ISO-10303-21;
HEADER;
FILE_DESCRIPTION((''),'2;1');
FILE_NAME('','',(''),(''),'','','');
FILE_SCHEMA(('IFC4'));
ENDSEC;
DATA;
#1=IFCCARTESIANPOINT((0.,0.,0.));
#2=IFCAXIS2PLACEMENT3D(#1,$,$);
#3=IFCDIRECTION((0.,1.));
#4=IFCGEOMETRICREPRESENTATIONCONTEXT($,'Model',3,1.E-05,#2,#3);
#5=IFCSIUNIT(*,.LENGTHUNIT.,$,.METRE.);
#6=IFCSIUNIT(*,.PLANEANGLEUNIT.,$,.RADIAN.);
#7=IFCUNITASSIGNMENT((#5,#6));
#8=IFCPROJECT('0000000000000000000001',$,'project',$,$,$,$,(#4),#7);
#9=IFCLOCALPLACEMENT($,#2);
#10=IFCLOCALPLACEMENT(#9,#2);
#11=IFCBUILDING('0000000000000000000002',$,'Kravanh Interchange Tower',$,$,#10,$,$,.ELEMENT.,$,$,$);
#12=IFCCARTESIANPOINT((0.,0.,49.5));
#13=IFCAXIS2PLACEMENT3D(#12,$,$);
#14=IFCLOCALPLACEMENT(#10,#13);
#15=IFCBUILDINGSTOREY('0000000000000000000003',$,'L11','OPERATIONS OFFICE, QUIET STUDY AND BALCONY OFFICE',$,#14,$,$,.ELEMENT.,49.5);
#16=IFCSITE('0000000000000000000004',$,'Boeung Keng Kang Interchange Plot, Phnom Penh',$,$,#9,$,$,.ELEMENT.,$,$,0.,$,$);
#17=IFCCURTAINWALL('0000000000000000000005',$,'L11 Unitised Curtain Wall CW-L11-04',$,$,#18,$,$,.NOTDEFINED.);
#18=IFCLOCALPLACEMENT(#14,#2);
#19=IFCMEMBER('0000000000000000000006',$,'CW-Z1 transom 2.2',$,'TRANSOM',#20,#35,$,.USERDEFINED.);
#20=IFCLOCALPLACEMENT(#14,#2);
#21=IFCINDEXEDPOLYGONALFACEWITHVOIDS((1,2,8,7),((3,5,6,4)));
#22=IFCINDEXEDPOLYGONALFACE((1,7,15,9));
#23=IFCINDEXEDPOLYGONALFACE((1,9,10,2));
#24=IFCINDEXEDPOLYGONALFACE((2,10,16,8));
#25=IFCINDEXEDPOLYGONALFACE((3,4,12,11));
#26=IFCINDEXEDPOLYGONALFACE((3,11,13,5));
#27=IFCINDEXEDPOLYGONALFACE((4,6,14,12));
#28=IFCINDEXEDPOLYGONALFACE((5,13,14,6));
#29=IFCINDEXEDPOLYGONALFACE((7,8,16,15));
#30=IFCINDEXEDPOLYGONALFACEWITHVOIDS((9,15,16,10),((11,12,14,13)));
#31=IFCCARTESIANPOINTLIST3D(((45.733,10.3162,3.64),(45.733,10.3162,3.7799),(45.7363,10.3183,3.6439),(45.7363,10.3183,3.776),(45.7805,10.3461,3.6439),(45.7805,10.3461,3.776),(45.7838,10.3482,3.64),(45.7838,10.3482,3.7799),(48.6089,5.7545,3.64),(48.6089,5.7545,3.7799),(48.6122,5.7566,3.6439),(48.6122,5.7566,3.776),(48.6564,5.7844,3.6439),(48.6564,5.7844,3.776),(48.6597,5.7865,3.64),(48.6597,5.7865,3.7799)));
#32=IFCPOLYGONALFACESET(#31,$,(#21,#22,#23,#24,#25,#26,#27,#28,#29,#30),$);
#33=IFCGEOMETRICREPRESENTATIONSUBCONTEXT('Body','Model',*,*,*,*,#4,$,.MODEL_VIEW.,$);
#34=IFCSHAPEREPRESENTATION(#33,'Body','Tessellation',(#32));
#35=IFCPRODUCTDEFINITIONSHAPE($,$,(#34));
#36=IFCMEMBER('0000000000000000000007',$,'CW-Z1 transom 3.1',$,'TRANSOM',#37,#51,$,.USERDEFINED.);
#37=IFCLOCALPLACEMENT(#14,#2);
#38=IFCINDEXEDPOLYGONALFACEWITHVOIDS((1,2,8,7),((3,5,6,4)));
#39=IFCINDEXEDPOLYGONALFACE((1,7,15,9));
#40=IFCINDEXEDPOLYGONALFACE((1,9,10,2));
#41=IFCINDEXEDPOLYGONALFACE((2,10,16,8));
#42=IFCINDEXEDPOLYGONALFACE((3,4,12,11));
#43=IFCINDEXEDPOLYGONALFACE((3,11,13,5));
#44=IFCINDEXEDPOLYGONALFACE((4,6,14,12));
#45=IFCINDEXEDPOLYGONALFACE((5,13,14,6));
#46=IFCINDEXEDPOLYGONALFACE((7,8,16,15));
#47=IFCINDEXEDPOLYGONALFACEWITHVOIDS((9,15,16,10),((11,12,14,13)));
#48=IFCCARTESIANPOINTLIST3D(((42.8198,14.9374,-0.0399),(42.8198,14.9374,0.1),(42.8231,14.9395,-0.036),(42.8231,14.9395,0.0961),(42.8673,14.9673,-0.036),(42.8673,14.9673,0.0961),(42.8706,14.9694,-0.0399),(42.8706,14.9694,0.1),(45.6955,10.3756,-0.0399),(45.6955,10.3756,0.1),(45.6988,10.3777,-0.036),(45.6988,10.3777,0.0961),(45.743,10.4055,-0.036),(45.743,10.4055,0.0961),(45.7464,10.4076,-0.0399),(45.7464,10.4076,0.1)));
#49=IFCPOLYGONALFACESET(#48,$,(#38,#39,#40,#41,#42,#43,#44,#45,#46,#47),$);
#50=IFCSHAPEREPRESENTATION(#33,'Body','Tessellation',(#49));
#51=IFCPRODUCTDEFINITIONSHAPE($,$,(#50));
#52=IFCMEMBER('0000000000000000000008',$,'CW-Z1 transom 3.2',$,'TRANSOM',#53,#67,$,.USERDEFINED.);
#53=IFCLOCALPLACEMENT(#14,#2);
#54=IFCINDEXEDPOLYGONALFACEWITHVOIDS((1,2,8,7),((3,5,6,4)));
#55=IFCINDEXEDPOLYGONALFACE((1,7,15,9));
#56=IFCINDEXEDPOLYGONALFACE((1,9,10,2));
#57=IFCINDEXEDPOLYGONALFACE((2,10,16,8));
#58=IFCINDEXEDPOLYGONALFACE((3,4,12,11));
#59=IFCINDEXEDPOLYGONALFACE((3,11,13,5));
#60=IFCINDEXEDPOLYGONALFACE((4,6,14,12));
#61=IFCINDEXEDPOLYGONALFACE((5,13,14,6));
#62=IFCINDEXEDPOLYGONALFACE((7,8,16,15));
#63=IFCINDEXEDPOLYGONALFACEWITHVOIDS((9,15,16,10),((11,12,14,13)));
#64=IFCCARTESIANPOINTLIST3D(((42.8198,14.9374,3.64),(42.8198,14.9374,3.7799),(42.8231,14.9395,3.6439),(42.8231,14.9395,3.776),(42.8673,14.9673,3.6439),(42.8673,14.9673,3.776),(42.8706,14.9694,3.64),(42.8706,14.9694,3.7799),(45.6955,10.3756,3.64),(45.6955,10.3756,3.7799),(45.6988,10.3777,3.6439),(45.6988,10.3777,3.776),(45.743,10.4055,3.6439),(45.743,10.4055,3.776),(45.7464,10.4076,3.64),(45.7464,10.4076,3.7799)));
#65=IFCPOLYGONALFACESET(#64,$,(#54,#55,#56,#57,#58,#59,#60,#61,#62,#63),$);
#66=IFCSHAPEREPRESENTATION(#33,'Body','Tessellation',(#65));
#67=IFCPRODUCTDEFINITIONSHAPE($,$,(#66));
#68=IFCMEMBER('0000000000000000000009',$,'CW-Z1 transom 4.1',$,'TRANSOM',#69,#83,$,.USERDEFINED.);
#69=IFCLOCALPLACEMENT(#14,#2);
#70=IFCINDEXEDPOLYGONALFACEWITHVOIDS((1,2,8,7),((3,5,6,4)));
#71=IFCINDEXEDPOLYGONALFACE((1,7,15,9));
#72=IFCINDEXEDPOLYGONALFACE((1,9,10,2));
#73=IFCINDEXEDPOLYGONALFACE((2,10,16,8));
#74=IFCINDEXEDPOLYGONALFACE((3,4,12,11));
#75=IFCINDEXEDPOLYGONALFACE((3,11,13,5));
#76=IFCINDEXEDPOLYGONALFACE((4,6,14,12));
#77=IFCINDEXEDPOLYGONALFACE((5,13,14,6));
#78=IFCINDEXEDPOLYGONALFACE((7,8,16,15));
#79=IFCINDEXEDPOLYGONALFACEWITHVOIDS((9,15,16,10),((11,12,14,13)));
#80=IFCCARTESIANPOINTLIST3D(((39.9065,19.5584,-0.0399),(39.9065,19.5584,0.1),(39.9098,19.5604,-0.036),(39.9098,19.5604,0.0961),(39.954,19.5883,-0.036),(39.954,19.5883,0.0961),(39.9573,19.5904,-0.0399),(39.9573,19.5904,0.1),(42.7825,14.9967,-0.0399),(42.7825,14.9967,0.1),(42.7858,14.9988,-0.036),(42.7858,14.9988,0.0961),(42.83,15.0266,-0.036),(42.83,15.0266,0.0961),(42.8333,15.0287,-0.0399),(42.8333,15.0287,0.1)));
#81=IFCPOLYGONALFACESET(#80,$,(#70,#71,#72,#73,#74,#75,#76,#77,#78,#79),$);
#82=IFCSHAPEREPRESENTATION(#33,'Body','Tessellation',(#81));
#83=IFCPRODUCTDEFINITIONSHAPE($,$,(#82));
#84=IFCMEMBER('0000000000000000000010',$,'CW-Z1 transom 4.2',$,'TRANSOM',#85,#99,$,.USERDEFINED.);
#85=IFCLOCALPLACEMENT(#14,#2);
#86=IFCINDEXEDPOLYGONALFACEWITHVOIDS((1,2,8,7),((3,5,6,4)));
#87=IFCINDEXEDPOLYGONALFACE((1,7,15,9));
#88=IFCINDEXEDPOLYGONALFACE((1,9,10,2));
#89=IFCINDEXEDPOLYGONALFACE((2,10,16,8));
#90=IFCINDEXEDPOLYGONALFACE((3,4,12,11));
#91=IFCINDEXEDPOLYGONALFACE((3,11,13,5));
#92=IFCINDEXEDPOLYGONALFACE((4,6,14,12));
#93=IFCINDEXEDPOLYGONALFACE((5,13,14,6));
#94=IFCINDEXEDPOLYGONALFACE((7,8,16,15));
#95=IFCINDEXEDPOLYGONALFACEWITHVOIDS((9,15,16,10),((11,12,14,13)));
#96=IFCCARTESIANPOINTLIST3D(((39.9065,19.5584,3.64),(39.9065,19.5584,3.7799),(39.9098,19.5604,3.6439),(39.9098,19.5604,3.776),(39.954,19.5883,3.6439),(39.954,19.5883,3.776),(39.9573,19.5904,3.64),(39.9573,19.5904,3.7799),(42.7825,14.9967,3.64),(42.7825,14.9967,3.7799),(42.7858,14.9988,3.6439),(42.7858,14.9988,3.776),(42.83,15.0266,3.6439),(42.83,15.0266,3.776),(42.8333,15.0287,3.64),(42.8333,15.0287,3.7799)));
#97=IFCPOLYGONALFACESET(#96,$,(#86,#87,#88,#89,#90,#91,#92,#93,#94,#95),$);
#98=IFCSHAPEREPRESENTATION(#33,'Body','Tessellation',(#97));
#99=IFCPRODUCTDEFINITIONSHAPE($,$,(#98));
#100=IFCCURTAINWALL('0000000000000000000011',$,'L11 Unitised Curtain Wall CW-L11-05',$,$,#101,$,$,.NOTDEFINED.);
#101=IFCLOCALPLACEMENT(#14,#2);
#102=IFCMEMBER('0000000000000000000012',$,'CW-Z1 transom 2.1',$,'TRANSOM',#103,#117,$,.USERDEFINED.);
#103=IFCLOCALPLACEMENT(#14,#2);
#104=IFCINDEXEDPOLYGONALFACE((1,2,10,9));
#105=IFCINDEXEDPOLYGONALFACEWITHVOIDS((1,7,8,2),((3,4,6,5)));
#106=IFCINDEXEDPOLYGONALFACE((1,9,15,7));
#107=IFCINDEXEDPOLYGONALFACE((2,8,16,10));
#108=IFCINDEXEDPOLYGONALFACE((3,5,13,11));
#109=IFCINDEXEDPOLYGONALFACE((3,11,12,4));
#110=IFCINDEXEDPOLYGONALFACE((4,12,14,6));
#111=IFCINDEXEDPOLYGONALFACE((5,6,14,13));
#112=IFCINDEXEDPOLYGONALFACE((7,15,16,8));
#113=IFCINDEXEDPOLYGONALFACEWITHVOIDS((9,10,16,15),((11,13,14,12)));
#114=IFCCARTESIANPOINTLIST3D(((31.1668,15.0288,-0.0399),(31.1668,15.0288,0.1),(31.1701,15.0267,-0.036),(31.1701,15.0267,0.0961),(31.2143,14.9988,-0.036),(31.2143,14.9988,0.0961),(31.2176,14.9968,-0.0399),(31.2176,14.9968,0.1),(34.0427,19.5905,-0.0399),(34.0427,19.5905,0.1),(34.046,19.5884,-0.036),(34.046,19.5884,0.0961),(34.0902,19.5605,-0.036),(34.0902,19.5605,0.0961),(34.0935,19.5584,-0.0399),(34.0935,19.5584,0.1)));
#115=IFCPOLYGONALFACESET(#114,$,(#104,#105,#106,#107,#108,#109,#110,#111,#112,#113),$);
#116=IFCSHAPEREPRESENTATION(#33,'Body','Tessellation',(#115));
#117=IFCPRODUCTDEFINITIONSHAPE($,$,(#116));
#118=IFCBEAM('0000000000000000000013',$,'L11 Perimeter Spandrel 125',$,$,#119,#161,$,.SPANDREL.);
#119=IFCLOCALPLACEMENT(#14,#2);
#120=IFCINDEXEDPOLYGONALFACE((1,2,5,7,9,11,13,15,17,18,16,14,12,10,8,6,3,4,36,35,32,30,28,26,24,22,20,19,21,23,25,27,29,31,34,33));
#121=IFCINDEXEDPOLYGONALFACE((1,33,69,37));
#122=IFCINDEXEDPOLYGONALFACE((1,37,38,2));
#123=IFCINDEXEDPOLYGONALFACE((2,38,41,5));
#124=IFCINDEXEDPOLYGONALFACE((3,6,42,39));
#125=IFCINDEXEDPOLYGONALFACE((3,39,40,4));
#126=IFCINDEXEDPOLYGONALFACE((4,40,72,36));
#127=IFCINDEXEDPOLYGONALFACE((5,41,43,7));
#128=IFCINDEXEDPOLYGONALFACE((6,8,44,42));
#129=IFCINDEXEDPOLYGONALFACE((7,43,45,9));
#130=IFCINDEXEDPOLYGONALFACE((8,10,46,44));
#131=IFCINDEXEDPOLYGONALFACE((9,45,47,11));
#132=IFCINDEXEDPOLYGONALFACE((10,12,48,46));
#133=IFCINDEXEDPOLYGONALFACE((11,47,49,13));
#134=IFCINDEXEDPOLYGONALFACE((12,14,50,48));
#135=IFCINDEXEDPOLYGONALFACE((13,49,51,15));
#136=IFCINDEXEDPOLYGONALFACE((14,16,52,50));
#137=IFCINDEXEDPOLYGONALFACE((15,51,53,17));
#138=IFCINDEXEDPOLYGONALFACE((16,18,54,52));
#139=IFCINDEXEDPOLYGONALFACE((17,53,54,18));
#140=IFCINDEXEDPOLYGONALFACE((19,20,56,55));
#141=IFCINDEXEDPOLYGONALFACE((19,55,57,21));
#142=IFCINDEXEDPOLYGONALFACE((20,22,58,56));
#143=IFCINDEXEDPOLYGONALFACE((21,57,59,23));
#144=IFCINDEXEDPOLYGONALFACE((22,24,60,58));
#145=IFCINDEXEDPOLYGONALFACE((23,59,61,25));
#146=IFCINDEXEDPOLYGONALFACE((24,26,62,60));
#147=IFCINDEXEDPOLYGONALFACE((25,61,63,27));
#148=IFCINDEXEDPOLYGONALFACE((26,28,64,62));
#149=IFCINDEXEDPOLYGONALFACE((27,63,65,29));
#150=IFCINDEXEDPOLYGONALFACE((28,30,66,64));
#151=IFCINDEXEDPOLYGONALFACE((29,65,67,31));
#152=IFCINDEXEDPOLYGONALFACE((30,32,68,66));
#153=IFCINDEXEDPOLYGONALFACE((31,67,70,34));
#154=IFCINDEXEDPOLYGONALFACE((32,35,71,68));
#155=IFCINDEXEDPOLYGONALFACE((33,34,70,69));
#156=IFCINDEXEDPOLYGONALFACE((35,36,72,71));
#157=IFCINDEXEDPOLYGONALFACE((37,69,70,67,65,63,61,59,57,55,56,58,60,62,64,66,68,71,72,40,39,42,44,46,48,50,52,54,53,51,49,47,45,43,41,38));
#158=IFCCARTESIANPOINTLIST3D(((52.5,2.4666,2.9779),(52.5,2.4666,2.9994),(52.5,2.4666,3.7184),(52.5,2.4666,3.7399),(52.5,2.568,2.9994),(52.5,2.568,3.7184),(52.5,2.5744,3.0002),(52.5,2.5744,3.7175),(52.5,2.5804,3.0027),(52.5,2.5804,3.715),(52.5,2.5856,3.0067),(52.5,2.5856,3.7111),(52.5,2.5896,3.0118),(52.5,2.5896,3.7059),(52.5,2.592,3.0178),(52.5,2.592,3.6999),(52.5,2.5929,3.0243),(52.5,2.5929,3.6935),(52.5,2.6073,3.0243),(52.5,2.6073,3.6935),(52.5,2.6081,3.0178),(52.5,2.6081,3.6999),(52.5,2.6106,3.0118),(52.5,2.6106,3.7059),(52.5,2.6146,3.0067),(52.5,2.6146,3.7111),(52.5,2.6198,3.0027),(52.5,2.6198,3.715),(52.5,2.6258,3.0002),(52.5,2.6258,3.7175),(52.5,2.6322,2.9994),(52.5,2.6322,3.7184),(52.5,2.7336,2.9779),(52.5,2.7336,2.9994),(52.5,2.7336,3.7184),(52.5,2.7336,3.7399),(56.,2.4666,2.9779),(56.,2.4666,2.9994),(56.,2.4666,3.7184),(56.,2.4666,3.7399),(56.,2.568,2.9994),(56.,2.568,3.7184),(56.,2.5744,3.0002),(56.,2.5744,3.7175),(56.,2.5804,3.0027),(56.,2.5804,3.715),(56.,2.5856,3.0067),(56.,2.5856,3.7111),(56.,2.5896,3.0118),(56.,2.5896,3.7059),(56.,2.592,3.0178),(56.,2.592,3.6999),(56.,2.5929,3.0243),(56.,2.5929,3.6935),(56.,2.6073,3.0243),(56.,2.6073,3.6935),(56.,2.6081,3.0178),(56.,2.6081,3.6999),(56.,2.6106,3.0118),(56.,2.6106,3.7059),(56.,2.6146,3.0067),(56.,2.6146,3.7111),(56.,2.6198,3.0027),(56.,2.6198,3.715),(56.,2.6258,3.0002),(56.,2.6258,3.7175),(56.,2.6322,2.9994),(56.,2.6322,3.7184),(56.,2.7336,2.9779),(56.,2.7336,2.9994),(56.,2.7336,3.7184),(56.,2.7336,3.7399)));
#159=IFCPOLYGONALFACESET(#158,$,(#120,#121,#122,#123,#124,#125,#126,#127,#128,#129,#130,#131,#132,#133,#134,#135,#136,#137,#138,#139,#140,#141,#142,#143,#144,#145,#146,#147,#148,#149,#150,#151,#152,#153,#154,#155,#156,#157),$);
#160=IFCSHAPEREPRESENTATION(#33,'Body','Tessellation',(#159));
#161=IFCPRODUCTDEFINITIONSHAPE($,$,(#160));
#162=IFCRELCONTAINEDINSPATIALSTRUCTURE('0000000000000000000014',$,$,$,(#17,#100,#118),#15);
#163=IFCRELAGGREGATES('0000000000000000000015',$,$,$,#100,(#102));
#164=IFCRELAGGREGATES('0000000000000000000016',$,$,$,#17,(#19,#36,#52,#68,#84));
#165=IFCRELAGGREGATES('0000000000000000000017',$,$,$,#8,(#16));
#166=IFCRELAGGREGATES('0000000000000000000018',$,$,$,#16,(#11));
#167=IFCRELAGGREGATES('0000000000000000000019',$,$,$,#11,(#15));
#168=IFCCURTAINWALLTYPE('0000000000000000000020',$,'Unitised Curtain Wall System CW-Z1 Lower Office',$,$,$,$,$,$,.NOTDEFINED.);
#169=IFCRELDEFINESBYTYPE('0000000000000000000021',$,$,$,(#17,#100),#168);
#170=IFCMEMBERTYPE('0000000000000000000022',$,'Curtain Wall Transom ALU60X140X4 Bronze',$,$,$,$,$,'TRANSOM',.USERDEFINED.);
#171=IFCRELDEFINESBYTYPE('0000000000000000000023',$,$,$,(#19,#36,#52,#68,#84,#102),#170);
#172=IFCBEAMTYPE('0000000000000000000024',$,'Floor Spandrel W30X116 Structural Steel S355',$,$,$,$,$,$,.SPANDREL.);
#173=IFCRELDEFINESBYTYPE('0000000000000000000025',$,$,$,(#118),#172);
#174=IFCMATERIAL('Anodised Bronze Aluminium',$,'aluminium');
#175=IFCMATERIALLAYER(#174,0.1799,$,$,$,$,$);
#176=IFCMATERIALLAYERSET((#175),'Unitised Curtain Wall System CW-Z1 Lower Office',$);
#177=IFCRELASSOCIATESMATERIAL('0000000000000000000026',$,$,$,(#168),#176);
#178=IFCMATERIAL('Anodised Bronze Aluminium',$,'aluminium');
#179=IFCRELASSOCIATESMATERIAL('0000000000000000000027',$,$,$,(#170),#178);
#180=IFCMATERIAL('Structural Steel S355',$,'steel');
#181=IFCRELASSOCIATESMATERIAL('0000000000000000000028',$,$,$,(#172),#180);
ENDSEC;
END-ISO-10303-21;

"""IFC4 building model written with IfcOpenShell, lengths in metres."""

from ifc_helpers import new_model, si_unit, direction, frame, origin, origin_2d, place, context, subcontext, project, spatial, hollow_rectangle, i_section, extrude, material, layer, layer_set, material_profile, profile_set, type_object, element, aggregate, save


model = new_model("IFC4")

# Units and contexts
model_context = context("Model", 3, precision=1e-05, world=origin(), true_north=direction((0.0, 1.0)))
body_context = subcontext(model_context, "Body", "Model", "MODEL_VIEW")
ifc_project = project(units=[si_unit("LENGTHUNIT", "METRE"), si_unit("PLANEANGLEUNIT", "RADIAN")], contexts=[model_context])

# Site, building, storey
site_placement = place(None, origin())
site = spatial("IfcSite", under=ifc_project, at=site_placement, Name="Boeung Keng Kang Interchange Plot, Phnom Penh", CompositionType="ELEMENT", RefElevation=0.0)
building_placement = place(site_placement, origin())
building = spatial("IfcBuilding", under=site, at=building_placement, Name="Kravanh Interchange Tower", CompositionType="ELEMENT")
storey_placement = place(building_placement, frame((0.0, 0.0, 49.5)))
storey = spatial("IfcBuildingStorey", under=building, at=storey_placement, Name="L11", Description="OPERATIONS OFFICE, QUIET STUDY AND BALCONY OFFICE", CompositionType="ELEMENT", Elevation=49.5)

# Shared definitions
ifc_material_1 = material(Name="Anodised Bronze Aluminium", Category="aluminium")
ifc_layer_1 = layer(ifc_material_1, 0.1799)
ifc_layer_set_1 = layer_set([ifc_layer_1], Name="Unitised Curtain Wall System CW-Z1 Lower Office")
curtain_wall_type = type_object("IfcCurtainWallType", Name="Unitised Curtain Wall System CW-Z1 Lower Office", PredefinedType="NOTDEFINED", material=ifc_layer_set_1)

# Curtain wall, members
curtain_wall_1_placement = place(storey_placement, origin())
curtain_wall_1 = element("IfcCurtainWall", 1, at=curtain_wall_1_placement, inside=storey, type_object=curtain_wall_type, Name="L11 Unitised Curtain Wall CW-L11-04", PredefinedType="NOTDEFINED")
ifc_material_2 = material(Name="Anodised Bronze Aluminium", Category="aluminium")
ifc_material_profile_1 = material_profile(ifc_material_2, hollow_rectangle(XDim=0.0601, YDim=0.1399, WallThickness=0.0039, at=origin_2d()), Name="ALU60X140X4")
ifc_profile_set_1 = profile_set([ifc_material_profile_1], Name="Anodised Bronze Aluminium")
member_type_1 = type_object("IfcMemberType", Name="Curtain Wall Transom ALU60X140X4 Bronze", ElementType="TRANSOM", PredefinedType="USERDEFINED", material=ifc_profile_set_1)
member_1_placement = place(storey_placement, frame((48.6343, 5.7705, 3.71), z_axis=(-0.533311, 0.845919, 0.0), x_axis=(-0.845919, -0.533311, 0.0)))
member_1 = element("IfcMember", 2, at=member_1_placement, type_object=member_type_1, Name="CW-Z1 transom 2.2", ObjectType="TRANSOM", PredefinedType="USERDEFINED", context=body_context, shape_type="SweptSolid", body=[
    extrude(hollow_rectangle(XDim=0.0601, YDim=0.1399, WallThickness=0.0039, at=origin_2d()), origin(), (0.0, 0.0, 1.0), 5.3926),
])
member_2_placement = place(storey_placement, frame((45.7209, 10.3916, 0.03), z_axis=(-0.533279, 0.845939, 0.0), x_axis=(-0.845939, -0.533279, 0.0)))
member_2 = element("IfcMember", 3, at=member_2_placement, type_object=member_type_1, Name="CW-Z1 transom 3.1", ObjectType="TRANSOM", PredefinedType="USERDEFINED", context=body_context, shape_type="SweptSolid", body=[
    extrude(hollow_rectangle(XDim=0.0601, YDim=0.1399, WallThickness=0.0039, at=origin_2d()), origin(), (0.0, 0.0, 1.0), 5.3926),
])
member_3_placement = place(storey_placement, frame((45.7209, 10.3916, 3.71), z_axis=(-0.533279, 0.845939, 0.0), x_axis=(-0.845939, -0.533279, 0.0)))
member_3 = element("IfcMember", 4, at=member_3_placement, type_object=member_type_1, Name="CW-Z1 transom 3.2", ObjectType="TRANSOM", PredefinedType="USERDEFINED", context=body_context, shape_type="SweptSolid", body=[
    extrude(hollow_rectangle(XDim=0.0601, YDim=0.1399, WallThickness=0.0039, at=origin_2d()), origin(), (0.0, 0.0, 1.0), 5.3926),
])
member_4_placement = place(storey_placement, frame((42.8079, 15.0127, 0.03), z_axis=(-0.533311, 0.845919, 0.0), x_axis=(-0.845919, -0.533311, 0.0)))
member_4 = element("IfcMember", 5, at=member_4_placement, type_object=member_type_1, Name="CW-Z1 transom 4.1", ObjectType="TRANSOM", PredefinedType="USERDEFINED", context=body_context, shape_type="SweptSolid", body=[
    extrude(hollow_rectangle(XDim=0.0601, YDim=0.1399, WallThickness=0.0039, at=origin_2d()), origin(), (0.0, 0.0, 1.0), 5.3926),
])
member_5_placement = place(storey_placement, frame((42.8079, 15.0127, 3.71), z_axis=(-0.533311, 0.845919, 0.0), x_axis=(-0.845919, -0.533311, 0.0)))
member_5 = element("IfcMember", 6, at=member_5_placement, type_object=member_type_1, Name="CW-Z1 transom 4.2", ObjectType="TRANSOM", PredefinedType="USERDEFINED", context=body_context, shape_type="SweptSolid", body=[
    extrude(hollow_rectangle(XDim=0.0601, YDim=0.1399, WallThickness=0.0039, at=origin_2d()), origin(), (0.0, 0.0, 1.0), 5.3926),
])

# Curtain wall, member
curtain_wall_2_placement = place(storey_placement, origin())
curtain_wall_2 = element("IfcCurtainWall", 7, at=curtain_wall_2_placement, inside=storey, type_object=curtain_wall_type, Name="L11 Unitised Curtain Wall CW-L11-05", PredefinedType="NOTDEFINED")
member_6_placement = place(storey_placement, frame((34.0681, 19.5745, 0.03), z_axis=(-0.533311, -0.845919, 0.0), x_axis=(0.845919, -0.533311, 0.0)))
member_6 = element("IfcMember", 8, at=member_6_placement, type_object=member_type_1, Name="CW-Z1 transom 2.1", ObjectType="TRANSOM", PredefinedType="USERDEFINED", context=body_context, shape_type="SweptSolid", body=[
    extrude(hollow_rectangle(XDim=0.0601, YDim=0.1399, WallThickness=0.0039, at=origin_2d()), origin(), (0.0, 0.0, 1.0), 5.3926),
])
aggregate(curtain_wall_2, [member_6])

# Beam
ifc_material_3 = material(Name="Structural Steel S355", Category="steel")
ifc_material_profile_2 = material_profile(ifc_material_3, i_section(OverallWidth=0.2671, OverallDepth=0.762, WebThickness=0.0144, FlangeThickness=0.0215, FilletRadius=0.0249, at=origin_2d()), Name="W30X116")
ifc_profile_set_2 = profile_set([ifc_material_profile_2], Name="Structural Steel S355")
beam_type = type_object("IfcBeamType", Name="Floor Spandrel W30X116 Structural Steel S355", PredefinedType="SPANDREL", material=ifc_profile_set_2)
beam_1_placement = place(storey_placement, frame((52.5, 2.6001, 3.3589), z_axis=(1.0, 0.0, 0.0), x_axis=(0.0, 1.0, 0.0)))
element("IfcBeam", 9, at=beam_1_placement, inside=storey, type_object=beam_type, Name="L11 Perimeter Spandrel 125", PredefinedType="SPANDREL", context=body_context, shape_type="SweptSolid", body=[
    extrude(i_section(OverallWidth=0.2671, OverallDepth=0.762, WebThickness=0.0144, FlangeThickness=0.0215, FilletRadius=0.0249, at=origin_2d()), origin(), (0.0, 0.0, 1.0), 3.5),
])

aggregate(curtain_wall_1, [member_1, member_2, member_3, member_4, member_5])

save(model, "model.ifc")
